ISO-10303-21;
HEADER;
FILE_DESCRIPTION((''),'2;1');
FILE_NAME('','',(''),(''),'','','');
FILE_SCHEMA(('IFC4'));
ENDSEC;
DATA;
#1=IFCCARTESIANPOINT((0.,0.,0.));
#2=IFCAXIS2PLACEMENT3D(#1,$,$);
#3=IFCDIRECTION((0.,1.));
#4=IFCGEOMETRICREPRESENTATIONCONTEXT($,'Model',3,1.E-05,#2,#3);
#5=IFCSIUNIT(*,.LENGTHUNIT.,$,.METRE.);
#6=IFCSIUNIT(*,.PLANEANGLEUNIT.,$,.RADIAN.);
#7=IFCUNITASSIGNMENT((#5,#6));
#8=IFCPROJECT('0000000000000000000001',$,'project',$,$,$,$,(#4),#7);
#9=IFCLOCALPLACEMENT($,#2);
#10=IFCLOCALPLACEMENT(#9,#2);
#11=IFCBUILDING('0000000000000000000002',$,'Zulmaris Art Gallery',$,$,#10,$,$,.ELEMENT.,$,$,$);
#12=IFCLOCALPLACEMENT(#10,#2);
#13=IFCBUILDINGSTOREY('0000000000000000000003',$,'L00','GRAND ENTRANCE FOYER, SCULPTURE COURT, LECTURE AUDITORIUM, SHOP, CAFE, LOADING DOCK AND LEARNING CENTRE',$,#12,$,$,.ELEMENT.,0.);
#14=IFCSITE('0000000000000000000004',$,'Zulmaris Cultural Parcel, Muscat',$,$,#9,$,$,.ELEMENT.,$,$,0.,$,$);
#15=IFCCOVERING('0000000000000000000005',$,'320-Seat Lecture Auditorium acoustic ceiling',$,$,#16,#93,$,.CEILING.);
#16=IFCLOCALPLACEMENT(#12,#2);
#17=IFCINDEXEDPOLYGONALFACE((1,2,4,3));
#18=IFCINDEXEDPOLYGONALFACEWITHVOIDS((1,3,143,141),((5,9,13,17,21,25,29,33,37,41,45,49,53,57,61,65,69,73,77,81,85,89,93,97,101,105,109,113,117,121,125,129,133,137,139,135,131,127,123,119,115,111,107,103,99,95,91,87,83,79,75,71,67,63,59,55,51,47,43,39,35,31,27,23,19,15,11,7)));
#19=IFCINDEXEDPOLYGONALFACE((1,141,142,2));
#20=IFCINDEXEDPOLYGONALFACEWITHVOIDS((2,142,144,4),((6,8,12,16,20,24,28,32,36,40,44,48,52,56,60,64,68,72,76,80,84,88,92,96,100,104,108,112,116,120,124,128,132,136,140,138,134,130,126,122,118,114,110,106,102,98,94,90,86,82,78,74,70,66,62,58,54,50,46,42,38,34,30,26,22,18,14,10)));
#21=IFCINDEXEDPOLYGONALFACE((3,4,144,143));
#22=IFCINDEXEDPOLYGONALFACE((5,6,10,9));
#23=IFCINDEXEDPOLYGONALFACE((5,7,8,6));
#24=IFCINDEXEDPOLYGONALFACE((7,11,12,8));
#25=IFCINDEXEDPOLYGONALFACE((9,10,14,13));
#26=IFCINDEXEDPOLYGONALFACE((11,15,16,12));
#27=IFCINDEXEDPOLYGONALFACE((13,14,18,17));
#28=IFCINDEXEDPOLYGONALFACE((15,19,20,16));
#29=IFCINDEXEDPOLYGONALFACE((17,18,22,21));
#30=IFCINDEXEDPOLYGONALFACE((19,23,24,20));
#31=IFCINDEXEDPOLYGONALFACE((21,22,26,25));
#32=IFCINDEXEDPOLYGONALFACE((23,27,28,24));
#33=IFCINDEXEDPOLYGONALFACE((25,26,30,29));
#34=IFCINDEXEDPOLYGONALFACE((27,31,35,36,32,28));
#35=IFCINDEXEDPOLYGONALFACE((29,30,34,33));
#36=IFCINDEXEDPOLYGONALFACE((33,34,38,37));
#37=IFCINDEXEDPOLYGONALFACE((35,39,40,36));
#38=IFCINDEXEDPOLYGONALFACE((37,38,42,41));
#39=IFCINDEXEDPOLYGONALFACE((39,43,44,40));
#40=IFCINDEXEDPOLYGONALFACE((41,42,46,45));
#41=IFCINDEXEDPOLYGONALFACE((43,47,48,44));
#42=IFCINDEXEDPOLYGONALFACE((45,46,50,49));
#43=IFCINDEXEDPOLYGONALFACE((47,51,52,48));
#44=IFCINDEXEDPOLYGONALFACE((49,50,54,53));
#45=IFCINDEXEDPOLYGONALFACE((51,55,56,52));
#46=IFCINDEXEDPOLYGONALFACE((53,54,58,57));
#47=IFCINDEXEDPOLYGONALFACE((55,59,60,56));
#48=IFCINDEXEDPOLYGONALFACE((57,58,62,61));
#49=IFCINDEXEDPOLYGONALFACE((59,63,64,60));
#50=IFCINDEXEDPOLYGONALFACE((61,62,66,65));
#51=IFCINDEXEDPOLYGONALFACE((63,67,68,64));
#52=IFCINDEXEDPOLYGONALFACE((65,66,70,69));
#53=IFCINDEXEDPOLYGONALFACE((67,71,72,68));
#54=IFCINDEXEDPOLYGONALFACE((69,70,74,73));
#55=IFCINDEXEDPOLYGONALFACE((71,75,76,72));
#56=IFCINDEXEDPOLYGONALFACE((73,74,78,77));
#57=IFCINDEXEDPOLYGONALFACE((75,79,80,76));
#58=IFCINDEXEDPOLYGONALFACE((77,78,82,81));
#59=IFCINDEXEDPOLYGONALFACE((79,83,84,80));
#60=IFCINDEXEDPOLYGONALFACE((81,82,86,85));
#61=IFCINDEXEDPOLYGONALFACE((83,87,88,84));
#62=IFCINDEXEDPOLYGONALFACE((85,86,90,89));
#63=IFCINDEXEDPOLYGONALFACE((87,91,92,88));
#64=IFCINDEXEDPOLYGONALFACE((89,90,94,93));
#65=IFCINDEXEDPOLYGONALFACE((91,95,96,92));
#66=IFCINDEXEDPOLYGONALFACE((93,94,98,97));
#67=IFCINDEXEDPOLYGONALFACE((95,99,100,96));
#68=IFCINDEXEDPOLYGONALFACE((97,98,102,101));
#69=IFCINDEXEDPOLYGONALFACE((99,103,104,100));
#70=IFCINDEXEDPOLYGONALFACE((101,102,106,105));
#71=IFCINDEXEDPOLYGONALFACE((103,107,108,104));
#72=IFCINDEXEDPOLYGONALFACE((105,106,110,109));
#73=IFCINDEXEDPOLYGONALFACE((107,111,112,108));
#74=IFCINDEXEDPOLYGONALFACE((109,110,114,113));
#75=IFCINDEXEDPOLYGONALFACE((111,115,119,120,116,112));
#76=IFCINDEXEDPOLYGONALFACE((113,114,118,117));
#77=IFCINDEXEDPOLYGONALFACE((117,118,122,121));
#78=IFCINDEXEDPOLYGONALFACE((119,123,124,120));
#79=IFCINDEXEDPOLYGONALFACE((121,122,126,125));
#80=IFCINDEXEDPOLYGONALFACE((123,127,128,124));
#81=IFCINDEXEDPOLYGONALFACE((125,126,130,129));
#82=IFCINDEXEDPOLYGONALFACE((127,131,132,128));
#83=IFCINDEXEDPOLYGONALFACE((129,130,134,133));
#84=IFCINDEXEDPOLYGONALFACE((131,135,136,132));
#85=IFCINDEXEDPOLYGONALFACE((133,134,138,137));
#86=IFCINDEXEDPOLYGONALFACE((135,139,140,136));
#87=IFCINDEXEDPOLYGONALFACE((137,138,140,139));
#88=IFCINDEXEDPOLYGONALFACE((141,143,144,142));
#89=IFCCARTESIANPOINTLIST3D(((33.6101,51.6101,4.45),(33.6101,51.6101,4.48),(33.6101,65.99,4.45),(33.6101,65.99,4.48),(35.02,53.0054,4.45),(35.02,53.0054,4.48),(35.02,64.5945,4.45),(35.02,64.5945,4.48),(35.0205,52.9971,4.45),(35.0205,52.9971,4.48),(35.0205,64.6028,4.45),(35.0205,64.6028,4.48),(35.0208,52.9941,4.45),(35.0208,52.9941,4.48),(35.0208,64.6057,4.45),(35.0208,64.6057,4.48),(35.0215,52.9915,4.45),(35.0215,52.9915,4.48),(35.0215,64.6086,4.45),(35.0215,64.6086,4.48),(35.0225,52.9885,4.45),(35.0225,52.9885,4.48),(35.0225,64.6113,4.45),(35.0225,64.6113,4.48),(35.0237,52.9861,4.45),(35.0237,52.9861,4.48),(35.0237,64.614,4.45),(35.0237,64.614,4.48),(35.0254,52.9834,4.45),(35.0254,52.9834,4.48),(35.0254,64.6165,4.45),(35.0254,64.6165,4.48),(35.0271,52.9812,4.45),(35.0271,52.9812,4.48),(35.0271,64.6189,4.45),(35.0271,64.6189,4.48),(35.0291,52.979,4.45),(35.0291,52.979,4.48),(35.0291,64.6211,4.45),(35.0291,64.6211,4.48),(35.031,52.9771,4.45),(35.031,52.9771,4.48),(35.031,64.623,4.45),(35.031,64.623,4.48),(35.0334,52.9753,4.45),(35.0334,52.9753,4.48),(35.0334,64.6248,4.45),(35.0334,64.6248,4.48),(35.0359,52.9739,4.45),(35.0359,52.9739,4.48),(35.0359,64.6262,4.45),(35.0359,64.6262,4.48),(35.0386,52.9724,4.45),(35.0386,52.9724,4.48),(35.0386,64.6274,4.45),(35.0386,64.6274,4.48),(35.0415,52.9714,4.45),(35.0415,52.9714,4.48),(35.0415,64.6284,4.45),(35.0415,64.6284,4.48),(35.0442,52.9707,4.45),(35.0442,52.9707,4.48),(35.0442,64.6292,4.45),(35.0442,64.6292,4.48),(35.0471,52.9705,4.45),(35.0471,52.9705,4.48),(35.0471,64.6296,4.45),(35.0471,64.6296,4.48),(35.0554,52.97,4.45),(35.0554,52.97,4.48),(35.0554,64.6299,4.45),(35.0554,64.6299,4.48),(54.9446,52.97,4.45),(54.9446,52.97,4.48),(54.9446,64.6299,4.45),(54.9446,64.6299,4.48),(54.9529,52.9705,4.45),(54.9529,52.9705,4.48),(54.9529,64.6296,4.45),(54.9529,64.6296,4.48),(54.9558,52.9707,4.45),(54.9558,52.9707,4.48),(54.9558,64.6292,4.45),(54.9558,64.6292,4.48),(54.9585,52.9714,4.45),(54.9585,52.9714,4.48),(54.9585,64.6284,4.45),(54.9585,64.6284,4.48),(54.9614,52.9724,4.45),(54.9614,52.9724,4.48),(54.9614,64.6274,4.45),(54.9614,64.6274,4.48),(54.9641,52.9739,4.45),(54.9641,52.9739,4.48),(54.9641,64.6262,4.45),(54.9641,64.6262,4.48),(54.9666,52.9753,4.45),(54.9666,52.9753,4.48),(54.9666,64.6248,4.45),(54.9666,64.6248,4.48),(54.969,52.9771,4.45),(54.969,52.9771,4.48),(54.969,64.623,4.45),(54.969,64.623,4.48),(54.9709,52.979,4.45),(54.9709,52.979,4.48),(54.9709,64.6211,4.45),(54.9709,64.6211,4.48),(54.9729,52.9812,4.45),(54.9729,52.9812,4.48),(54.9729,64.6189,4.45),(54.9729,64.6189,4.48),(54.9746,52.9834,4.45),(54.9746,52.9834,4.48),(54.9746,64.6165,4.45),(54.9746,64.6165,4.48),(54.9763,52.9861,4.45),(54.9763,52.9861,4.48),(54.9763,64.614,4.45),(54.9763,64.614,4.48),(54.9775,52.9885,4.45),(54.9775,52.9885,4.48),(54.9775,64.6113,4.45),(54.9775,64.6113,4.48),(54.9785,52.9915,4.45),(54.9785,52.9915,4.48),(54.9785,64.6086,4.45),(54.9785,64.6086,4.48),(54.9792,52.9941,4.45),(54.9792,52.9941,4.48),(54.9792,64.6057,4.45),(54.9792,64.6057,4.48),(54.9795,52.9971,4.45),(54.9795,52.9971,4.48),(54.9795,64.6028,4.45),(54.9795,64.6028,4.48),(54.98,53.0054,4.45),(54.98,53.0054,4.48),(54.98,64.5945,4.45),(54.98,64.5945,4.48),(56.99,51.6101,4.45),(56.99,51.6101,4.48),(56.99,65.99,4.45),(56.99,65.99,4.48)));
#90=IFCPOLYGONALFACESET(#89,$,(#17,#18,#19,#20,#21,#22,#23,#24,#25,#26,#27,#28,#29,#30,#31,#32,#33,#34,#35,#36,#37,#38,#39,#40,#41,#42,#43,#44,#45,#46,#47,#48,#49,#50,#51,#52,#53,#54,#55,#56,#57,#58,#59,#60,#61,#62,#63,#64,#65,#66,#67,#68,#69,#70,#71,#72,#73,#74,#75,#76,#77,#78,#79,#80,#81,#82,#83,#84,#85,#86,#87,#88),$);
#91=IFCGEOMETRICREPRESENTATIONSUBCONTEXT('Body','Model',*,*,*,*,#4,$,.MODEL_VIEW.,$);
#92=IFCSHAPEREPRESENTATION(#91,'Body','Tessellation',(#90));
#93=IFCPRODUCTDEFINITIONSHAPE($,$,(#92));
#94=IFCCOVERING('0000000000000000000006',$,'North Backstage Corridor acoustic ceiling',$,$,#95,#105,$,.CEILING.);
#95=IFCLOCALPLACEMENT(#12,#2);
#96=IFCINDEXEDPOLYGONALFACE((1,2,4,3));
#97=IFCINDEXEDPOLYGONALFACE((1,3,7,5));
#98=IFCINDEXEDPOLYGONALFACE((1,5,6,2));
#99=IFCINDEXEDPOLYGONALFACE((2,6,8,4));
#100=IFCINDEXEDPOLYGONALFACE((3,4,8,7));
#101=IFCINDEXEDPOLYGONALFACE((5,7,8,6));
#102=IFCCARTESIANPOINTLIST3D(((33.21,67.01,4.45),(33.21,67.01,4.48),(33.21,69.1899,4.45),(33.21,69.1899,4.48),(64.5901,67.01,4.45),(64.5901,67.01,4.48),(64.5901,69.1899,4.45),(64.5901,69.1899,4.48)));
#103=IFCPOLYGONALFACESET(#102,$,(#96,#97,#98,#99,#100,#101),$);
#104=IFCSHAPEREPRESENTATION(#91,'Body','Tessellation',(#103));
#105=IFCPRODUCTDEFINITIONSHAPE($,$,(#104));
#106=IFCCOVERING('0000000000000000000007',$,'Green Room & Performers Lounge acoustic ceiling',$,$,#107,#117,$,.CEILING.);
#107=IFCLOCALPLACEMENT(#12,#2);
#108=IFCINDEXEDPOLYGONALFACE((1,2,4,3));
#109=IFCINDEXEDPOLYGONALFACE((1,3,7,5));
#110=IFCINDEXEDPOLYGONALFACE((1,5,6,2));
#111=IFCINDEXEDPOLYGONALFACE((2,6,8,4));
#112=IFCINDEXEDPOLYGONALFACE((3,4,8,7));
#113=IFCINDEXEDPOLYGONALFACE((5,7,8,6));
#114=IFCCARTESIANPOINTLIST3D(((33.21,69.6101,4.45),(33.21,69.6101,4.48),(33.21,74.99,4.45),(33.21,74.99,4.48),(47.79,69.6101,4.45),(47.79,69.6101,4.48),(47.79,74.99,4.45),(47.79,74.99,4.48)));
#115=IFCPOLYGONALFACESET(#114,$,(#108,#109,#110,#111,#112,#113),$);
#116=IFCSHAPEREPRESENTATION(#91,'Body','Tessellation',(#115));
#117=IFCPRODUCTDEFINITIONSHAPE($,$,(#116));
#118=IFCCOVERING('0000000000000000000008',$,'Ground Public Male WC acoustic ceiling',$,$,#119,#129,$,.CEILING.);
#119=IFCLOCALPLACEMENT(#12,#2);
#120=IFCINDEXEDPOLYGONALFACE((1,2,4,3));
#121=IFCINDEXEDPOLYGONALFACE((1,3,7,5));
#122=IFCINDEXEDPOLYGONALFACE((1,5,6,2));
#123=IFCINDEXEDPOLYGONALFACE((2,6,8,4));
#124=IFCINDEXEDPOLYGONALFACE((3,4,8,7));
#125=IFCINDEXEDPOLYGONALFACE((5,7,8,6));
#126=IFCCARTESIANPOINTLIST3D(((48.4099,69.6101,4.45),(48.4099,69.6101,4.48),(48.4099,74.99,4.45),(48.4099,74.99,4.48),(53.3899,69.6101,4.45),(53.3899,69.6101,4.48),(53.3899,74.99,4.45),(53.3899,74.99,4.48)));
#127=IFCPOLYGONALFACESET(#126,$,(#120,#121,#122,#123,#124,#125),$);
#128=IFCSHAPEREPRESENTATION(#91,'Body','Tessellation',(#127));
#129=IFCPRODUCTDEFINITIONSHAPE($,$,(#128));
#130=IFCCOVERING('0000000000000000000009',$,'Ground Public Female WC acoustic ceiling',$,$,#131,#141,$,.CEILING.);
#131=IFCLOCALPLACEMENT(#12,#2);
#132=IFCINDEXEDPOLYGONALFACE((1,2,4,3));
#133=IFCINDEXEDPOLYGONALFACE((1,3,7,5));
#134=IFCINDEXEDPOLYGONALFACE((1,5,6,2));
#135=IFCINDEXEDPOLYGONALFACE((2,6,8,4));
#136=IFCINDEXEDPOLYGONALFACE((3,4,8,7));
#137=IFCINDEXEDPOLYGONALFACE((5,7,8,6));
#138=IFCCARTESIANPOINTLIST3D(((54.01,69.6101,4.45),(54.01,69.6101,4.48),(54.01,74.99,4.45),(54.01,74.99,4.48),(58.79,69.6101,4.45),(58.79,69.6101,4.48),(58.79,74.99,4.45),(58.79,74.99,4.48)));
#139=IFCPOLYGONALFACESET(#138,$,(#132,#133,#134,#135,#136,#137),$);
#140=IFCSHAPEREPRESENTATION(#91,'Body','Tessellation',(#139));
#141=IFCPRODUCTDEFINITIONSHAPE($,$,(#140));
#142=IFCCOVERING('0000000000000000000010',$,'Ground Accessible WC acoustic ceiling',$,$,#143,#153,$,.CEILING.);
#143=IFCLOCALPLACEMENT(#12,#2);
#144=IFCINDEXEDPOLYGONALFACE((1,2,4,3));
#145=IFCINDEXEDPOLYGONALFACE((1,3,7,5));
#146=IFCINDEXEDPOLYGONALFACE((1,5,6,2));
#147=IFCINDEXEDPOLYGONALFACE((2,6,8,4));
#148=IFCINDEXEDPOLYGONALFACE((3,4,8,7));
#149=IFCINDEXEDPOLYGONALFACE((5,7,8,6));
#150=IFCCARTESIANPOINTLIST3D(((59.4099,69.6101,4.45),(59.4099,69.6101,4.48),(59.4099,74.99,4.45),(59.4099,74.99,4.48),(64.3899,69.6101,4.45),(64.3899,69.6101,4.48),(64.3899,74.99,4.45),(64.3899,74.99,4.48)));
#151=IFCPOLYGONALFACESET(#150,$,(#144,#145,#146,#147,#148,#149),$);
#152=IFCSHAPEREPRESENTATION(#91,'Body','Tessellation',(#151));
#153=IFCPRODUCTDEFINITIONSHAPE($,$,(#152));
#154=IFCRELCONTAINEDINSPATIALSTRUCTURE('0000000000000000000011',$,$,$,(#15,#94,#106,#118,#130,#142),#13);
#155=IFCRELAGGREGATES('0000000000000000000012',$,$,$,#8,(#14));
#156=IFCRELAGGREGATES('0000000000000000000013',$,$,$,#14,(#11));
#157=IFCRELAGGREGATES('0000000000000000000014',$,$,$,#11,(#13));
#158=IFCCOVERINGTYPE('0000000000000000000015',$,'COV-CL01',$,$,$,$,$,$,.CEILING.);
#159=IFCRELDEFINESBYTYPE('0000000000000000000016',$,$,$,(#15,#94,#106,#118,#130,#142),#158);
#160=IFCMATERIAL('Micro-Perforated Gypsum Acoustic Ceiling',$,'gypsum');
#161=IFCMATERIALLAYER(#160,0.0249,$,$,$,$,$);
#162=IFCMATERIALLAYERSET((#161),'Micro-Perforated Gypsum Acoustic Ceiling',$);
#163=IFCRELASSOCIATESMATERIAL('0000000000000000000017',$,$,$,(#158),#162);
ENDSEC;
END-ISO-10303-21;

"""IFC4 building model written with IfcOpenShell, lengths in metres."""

from ifc_helpers import new_model, si_unit, direction, frame, origin, place, context, subcontext, project, spatial, polyline, outline, extrude, material, layer, layer_set, type_object, element, save


model = new_model("IFC4")

# Units and contexts
model_context = context("Model", 3, precision=1e-05, world=origin(), true_north=direction((0.0, 1.0)))
body_context = subcontext(model_context, "Body", "Model", "MODEL_VIEW")
ifc_project = project(units=[si_unit("LENGTHUNIT", "METRE"), si_unit("PLANEANGLEUNIT", "RADIAN")], contexts=[model_context])

# Site, building, storey
site_placement = place(None, origin())
site = spatial("IfcSite", under=ifc_project, at=site_placement, Name="Zulmaris Cultural Parcel, Muscat", CompositionType="ELEMENT", RefElevation=0.0)
building_placement = place(site_placement, origin())
building = spatial("IfcBuilding", under=site, at=building_placement, Name="Zulmaris Art Gallery", CompositionType="ELEMENT")
storey_placement = place(building_placement, origin())
storey = spatial("IfcBuildingStorey", under=building, at=storey_placement, Name="L00", Description="GRAND ENTRANCE FOYER, SCULPTURE COURT, LECTURE AUDITORIUM, SHOP, CAFE, LOADING DOCK AND LEARNING CENTRE", CompositionType="ELEMENT", Elevation=0.0)

# Coverings
ifc_material_1 = material(Name="Micro-Perforated Gypsum Acoustic Ceiling", Category="gypsum")
ifc_layer_1 = layer(ifc_material_1, 0.0249)
ifc_layer_set_1 = layer_set([ifc_layer_1], Name="Micro-Perforated Gypsum Acoustic Ceiling")
covering_type_1 = type_object("IfcCoveringType", Name="COV-CL01", PredefinedType="CEILING", material=ifc_layer_set_1)
covering_1_placement = place(storey_placement, frame((0.0, 0.0, 4.45)))
element("IfcCovering", 1, at=covering_1_placement, inside=storey, type_object=covering_type_1, Name="320-Seat Lecture Auditorium acoustic ceiling", PredefinedType="CEILING", context=body_context, shape_type="SweptSolid", body=[
    extrude(outline(polyline([(56.99, 65.99), (56.99, 51.6101), (33.6101, 51.6101), (33.6101, 65.99), (56.99, 65.99)]), holes=[polyline([(35.0215, 52.9915), (35.0225, 52.9885), (35.0237, 52.9861), (35.0254, 52.9834), (35.0271, 52.9812), (35.0291, 52.979), (35.031, 52.9771), (35.0334, 52.9753), (35.0359, 52.9739), (35.0386, 52.9724), (35.0415, 52.9714), (35.0442, 52.9707), (35.0471, 52.9705), (35.0554, 52.97), (54.9446, 52.97), (54.9529, 52.9705), (54.9558, 52.9707), (54.9585, 52.9714), (54.9614, 52.9724), (54.9641, 52.9739), (54.9666, 52.9753), (54.969, 52.9771), (54.9709, 52.979), (54.9729, 52.9812), (54.9746, 52.9834), (54.9763, 52.9861), (54.9775, 52.9885), (54.9785, 52.9915), (54.9792, 52.9941), (54.9795, 52.9971), (54.98, 53.0054), (54.98, 64.5945), (54.9795, 64.6028), (54.9792, 64.6057), (54.9785, 64.6086), (54.9775, 64.6113), (54.9763, 64.614), (54.9746, 64.6165), (54.9729, 64.6189), (54.9709, 64.6211), (54.969, 64.623), (54.9666, 64.6248), (54.9641, 64.6262), (54.9614, 64.6274), (54.9585, 64.6284), (54.9558, 64.6292), (54.9529, 64.6296), (54.9446, 64.6299), (35.0554, 64.6299), (35.0471, 64.6296), (35.0442, 64.6292), (35.0415, 64.6284), (35.0386, 64.6274), (35.0359, 64.6262), (35.0334, 64.6248), (35.031, 64.623), (35.0291, 64.6211), (35.0271, 64.6189), (35.0254, 64.6165), (35.0237, 64.614), (35.0225, 64.6113), (35.0215, 64.6086), (35.0208, 64.6057), (35.0205, 64.6028), (35.02, 64.5945), (35.02, 53.0054), (35.0205, 52.9971), (35.0208, 52.9941), (35.0215, 52.9915)])]), origin(), (0.0, 0.0, 1.0), 0.03),
])
covering_2_placement = place(storey_placement, frame((0.0, 0.0, 4.45)))
element("IfcCovering", 2, at=covering_2_placement, inside=storey, type_object=covering_type_1, Name="North Backstage Corridor acoustic ceiling", PredefinedType="CEILING", context=body_context, shape_type="SweptSolid", body=[
    extrude(outline(polyline([(33.21, 69.1899), (64.5901, 69.1899), (64.5901, 67.01), (33.21, 67.01), (33.21, 69.1899)])), origin(), (0.0, 0.0, 1.0), 0.03),
])
covering_3_placement = place(storey_placement, frame((0.0, 0.0, 4.45)))
element("IfcCovering", 3, at=covering_3_placement, inside=storey, type_object=covering_type_1, Name="Green Room & Performers Lounge acoustic ceiling", PredefinedType="CEILING", context=body_context, shape_type="SweptSolid", body=[
    extrude(outline(polyline([(33.21, 74.99), (47.79, 74.99), (47.79, 69.6101), (33.21, 69.6101), (33.21, 74.99)])), origin(), (0.0, 0.0, 1.0), 0.03),
])
covering_4_placement = place(storey_placement, frame((0.0, 0.0, 4.45)))
element("IfcCovering", 4, at=covering_4_placement, inside=storey, type_object=covering_type_1, Name="Ground Public Male WC acoustic ceiling", PredefinedType="CEILING", context=body_context, shape_type="SweptSolid", body=[
    extrude(outline(polyline([(48.4099, 74.99), (53.3899, 74.99), (53.3899, 69.6101), (48.4099, 69.6101), (48.4099, 74.99)])), origin(), (0.0, 0.0, 1.0), 0.03),
])
covering_5_placement = place(storey_placement, frame((0.0, 0.0, 4.45)))
element("IfcCovering", 5, at=covering_5_placement, inside=storey, type_object=covering_type_1, Name="Ground Public Female WC acoustic ceiling", PredefinedType="CEILING", context=body_context, shape_type="SweptSolid", body=[
    extrude(outline(polyline([(54.01, 74.99), (58.79, 74.99), (58.79, 69.6101), (54.01, 69.6101), (54.01, 74.99)])), origin(), (0.0, 0.0, 1.0), 0.03),
])
covering_6_placement = place(storey_placement, frame((0.0, 0.0, 4.45)))
element("IfcCovering", 6, at=covering_6_placement, inside=storey, type_object=covering_type_1, Name="Ground Accessible WC acoustic ceiling", PredefinedType="CEILING", context=body_context, shape_type="SweptSolid", body=[
    extrude(outline(polyline([(59.4099, 74.99), (64.3899, 74.99), (64.3899, 69.6101), (59.4099, 69.6101), (59.4099, 74.99)])), origin(), (0.0, 0.0, 1.0), 0.03),
])

save(model, "model.ifc")
